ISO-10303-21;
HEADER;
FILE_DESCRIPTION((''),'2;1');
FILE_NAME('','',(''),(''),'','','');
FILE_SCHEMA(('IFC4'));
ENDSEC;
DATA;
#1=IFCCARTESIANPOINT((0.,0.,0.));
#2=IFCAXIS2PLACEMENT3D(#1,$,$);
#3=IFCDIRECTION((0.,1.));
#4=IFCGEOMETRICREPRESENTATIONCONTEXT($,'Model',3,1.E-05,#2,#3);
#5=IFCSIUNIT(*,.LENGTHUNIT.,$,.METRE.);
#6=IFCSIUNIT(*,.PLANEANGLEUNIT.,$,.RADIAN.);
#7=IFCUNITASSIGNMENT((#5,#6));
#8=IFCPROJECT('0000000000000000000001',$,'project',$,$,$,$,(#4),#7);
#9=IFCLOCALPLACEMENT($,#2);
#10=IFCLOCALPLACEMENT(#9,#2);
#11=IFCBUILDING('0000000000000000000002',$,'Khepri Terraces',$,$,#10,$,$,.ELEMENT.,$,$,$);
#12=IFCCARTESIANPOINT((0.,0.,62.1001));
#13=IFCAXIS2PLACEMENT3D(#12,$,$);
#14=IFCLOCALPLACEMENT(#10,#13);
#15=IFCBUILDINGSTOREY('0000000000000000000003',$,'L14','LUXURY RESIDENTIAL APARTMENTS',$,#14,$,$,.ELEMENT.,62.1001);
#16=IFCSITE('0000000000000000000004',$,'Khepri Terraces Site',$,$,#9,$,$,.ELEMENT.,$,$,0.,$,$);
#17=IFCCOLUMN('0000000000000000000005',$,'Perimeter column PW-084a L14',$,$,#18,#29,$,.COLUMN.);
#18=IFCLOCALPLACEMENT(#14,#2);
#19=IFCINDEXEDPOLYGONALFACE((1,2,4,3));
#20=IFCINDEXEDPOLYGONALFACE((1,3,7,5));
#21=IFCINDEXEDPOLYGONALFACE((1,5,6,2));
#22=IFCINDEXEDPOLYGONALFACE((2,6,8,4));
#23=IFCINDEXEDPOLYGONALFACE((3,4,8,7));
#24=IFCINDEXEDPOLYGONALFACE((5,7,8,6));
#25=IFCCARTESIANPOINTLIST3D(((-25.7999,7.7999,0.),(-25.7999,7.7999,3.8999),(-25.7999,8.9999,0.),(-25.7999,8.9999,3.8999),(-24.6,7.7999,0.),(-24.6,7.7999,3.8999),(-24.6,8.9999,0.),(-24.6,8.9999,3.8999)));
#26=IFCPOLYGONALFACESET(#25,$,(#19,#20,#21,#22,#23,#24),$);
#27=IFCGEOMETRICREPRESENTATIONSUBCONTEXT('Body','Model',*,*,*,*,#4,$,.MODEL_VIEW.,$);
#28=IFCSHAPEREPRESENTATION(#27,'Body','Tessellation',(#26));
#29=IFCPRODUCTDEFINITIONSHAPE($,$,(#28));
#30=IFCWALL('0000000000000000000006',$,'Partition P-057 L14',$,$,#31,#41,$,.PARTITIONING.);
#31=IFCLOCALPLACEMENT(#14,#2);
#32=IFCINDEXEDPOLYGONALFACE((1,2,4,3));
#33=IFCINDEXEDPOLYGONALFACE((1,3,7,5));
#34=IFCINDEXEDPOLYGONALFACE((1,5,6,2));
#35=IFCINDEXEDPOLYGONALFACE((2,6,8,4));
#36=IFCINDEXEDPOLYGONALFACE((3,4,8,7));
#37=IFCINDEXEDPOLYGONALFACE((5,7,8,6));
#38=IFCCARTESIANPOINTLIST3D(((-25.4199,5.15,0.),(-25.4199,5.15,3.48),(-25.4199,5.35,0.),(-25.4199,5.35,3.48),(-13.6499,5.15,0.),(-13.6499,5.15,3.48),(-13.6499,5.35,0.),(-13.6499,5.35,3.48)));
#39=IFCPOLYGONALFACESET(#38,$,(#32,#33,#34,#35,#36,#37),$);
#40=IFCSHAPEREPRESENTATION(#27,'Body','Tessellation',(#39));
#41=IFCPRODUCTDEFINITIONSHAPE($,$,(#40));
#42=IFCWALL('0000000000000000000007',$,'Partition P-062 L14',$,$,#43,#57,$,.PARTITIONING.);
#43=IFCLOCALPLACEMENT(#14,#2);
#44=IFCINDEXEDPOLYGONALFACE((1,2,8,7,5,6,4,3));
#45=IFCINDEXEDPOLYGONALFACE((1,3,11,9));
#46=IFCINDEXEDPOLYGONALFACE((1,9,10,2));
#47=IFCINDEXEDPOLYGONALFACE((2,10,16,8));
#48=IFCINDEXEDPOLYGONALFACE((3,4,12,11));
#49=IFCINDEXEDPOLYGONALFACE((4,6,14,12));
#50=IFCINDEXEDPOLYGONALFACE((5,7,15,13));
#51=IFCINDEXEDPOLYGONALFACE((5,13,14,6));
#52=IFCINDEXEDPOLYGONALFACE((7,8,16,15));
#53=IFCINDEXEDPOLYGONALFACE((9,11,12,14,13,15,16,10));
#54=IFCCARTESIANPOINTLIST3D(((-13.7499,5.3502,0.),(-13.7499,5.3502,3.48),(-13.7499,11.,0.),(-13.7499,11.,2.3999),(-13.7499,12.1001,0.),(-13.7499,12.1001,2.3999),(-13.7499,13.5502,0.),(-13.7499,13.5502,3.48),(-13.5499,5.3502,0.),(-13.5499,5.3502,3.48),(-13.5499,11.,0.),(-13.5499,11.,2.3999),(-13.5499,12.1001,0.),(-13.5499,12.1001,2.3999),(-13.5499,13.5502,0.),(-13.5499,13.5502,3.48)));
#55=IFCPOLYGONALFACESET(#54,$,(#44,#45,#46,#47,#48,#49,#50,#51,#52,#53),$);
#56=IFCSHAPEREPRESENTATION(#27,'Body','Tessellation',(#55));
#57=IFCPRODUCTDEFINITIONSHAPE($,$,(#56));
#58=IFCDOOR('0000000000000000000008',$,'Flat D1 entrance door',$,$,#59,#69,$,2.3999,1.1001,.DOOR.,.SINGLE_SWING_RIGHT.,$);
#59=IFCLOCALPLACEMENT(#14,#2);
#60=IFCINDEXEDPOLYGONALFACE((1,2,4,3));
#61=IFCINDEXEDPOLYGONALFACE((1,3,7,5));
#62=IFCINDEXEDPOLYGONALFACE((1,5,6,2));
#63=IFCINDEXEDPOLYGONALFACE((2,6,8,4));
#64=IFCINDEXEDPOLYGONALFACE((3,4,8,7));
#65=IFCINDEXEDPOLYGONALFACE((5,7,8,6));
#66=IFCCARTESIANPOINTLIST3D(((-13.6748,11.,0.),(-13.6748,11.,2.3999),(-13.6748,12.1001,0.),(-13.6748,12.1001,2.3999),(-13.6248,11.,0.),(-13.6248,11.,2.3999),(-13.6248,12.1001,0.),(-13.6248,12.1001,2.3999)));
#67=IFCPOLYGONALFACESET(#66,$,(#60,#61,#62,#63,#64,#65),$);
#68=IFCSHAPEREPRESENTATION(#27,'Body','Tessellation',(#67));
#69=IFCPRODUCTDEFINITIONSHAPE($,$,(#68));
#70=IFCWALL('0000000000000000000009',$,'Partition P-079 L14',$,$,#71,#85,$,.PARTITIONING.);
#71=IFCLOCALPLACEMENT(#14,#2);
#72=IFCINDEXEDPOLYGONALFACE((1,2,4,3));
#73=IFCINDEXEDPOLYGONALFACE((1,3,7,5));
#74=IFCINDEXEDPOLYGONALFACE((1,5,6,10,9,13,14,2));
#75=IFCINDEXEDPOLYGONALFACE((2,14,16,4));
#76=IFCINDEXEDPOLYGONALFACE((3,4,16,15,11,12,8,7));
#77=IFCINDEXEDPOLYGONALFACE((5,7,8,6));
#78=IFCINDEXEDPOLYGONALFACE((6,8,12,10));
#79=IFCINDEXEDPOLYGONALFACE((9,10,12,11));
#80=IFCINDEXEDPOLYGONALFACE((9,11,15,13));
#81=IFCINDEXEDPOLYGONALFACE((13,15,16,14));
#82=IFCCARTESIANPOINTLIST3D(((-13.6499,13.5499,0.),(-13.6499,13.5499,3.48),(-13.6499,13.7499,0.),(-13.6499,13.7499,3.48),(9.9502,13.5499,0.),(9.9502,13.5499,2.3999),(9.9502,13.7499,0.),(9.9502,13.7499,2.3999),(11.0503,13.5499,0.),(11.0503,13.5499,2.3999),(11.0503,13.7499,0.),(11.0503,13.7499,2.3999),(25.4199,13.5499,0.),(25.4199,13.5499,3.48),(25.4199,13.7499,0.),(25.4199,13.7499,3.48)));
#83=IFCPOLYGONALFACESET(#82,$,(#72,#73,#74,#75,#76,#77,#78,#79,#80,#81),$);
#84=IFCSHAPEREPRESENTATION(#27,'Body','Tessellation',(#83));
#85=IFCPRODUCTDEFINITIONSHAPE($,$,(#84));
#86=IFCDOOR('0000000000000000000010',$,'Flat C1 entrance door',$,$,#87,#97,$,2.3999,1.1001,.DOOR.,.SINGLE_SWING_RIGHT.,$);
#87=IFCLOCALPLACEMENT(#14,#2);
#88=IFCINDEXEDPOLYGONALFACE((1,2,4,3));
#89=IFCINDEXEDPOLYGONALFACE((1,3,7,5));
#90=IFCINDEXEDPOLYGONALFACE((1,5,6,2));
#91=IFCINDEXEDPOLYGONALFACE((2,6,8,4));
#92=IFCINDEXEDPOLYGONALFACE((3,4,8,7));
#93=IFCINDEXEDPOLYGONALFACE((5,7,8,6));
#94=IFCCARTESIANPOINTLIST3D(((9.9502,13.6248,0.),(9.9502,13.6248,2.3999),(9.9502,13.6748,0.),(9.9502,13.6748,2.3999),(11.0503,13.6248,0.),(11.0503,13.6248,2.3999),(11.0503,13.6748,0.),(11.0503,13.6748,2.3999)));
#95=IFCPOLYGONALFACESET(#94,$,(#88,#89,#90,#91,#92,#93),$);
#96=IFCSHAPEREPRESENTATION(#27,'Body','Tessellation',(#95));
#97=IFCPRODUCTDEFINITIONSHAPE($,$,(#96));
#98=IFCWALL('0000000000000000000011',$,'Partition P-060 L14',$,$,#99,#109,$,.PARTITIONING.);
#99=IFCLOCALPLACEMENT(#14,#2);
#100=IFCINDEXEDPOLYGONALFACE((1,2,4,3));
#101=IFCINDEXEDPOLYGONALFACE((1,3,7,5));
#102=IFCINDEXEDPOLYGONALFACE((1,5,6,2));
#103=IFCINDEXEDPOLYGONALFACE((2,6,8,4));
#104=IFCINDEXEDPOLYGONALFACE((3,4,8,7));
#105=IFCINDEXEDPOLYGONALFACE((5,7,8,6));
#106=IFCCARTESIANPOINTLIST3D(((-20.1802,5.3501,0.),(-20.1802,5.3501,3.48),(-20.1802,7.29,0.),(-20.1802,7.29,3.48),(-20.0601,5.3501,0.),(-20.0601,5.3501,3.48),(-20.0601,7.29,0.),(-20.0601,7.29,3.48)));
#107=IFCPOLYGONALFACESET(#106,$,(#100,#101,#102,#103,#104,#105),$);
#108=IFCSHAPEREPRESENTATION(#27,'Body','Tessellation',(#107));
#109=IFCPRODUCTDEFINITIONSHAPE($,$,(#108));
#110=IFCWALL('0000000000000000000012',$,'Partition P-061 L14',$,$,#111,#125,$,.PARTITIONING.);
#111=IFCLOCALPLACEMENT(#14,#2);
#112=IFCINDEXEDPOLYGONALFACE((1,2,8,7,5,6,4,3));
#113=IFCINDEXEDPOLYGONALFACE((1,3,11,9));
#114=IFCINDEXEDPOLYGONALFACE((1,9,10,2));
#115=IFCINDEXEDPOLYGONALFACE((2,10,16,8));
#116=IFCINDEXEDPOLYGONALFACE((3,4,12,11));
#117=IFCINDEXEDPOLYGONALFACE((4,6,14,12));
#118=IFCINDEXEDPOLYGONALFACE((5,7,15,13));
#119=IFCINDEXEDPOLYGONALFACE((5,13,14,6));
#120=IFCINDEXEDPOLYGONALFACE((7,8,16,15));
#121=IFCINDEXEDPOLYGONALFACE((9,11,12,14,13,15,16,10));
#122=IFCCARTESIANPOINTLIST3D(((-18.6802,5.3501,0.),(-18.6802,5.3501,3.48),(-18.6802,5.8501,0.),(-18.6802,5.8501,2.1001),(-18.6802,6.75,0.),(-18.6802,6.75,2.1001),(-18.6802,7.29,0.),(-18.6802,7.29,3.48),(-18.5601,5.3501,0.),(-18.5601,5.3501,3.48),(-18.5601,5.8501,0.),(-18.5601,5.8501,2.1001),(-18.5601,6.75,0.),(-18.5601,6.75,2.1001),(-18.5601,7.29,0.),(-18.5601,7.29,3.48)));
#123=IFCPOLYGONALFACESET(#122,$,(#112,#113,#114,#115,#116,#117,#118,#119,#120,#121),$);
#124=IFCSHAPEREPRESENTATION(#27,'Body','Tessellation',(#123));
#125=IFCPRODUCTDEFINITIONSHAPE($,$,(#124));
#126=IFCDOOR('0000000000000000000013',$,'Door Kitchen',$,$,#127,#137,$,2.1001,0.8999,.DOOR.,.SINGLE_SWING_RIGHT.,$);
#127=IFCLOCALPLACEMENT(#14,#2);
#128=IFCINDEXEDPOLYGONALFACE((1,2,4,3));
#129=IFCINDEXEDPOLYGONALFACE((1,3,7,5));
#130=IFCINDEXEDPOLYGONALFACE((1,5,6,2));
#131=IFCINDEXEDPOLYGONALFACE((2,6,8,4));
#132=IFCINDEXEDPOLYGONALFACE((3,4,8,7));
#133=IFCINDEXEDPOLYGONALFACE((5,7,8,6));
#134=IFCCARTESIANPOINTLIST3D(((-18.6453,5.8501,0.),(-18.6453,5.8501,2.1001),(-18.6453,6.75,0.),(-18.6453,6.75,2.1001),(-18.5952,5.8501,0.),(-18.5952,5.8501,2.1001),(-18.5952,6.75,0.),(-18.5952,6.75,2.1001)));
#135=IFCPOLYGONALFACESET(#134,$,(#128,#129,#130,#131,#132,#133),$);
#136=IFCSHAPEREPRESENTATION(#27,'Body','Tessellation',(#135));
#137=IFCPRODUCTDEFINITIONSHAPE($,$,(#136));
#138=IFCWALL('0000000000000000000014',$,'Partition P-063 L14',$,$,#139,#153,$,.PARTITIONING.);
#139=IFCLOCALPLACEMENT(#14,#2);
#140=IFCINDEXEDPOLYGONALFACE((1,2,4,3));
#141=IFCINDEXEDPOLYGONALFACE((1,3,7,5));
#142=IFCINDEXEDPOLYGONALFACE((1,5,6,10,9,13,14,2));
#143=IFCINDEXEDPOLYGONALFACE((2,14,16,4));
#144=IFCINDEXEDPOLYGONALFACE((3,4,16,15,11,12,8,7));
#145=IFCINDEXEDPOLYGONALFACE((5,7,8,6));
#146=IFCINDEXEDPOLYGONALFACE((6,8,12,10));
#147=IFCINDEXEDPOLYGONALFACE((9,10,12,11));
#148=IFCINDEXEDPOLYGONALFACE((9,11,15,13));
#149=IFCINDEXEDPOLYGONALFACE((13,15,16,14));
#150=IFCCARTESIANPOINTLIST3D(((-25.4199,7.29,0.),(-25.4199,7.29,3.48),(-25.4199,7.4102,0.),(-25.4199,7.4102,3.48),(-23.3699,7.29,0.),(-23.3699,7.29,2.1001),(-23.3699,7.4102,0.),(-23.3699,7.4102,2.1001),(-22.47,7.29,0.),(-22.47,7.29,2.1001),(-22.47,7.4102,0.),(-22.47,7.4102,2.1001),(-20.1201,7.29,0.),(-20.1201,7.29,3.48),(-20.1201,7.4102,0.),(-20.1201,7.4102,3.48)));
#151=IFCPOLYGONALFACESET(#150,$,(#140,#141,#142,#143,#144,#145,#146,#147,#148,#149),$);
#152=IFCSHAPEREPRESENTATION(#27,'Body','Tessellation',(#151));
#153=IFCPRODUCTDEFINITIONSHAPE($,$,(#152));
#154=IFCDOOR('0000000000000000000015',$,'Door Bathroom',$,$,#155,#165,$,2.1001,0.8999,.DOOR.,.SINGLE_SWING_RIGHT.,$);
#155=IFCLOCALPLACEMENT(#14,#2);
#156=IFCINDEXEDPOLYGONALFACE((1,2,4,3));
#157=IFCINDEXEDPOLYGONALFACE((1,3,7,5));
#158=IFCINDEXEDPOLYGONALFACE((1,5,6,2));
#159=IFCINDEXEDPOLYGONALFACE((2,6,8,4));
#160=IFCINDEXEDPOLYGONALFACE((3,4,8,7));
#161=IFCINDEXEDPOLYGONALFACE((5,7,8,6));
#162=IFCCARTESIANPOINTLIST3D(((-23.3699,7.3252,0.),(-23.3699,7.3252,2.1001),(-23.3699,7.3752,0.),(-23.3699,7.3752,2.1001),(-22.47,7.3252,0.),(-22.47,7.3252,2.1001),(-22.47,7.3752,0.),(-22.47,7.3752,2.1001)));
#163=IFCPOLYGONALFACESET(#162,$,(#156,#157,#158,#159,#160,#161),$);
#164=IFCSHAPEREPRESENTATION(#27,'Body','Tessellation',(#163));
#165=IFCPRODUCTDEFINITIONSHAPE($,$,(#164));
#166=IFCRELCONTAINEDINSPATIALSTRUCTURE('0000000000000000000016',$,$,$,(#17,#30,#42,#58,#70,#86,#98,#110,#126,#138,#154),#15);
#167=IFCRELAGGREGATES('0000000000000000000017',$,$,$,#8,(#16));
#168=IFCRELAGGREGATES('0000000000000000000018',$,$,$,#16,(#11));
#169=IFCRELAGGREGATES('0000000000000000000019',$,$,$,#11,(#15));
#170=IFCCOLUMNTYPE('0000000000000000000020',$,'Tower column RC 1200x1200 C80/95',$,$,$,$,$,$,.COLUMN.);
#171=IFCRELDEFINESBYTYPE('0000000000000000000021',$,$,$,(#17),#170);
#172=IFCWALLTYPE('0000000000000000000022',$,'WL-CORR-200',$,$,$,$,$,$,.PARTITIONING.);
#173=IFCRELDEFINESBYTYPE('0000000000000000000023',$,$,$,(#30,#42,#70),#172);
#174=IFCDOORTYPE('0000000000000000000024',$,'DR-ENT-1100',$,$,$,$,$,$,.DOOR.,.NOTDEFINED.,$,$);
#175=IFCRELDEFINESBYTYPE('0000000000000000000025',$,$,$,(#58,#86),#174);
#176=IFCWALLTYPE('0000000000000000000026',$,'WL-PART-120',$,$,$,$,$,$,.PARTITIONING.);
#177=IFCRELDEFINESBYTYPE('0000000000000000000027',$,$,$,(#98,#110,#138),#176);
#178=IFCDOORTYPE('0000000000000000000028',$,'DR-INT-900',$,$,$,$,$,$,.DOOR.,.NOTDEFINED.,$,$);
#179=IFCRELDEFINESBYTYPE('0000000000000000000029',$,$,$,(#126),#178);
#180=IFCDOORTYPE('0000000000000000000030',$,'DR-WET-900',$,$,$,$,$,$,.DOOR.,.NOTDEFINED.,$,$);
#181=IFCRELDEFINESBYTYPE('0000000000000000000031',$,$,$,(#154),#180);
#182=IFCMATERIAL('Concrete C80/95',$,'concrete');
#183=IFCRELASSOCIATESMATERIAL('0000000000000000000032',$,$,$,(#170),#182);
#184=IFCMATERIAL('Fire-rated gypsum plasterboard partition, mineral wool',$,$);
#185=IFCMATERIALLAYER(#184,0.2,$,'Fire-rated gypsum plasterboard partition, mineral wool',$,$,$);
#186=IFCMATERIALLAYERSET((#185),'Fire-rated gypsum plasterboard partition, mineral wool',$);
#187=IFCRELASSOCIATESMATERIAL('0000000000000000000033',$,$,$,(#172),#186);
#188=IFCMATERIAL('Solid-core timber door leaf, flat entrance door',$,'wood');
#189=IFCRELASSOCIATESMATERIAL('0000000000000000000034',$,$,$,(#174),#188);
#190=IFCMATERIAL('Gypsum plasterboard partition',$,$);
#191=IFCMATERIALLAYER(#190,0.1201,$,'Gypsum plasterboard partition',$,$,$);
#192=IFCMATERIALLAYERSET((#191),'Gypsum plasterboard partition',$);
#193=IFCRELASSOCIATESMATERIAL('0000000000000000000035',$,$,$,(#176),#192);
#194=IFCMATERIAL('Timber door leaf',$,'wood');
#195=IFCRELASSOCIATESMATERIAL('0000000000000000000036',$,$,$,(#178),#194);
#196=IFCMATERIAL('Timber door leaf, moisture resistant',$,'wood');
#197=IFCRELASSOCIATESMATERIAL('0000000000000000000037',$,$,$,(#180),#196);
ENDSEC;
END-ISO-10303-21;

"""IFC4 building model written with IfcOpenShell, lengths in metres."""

from ifc_helpers import new_model, si_unit, direction, frame, frame_2d, origin, origin_2d, place, context, subcontext, project, spatial, rectangle, extrude, material, layer, layer_set, material_profile, profile_set, type_object, element, fill, save


model = new_model("IFC4")

# Units and contexts
model_context = context("Model", 3, precision=1e-05, world=origin(), true_north=direction((0.0, 1.0)))
body_context = subcontext(model_context, "Body", "Model", "MODEL_VIEW")
ifc_project = project(units=[si_unit("LENGTHUNIT", "METRE"), si_unit("PLANEANGLEUNIT", "RADIAN")], contexts=[model_context])

# Site, building, storey
site_placement = place(None, origin())
site = spatial("IfcSite", under=ifc_project, at=site_placement, Name="Khepri Terraces Site", CompositionType="ELEMENT", RefElevation=0.0)
building_placement = place(site_placement, origin())
building = spatial("IfcBuilding", under=site, at=building_placement, Name="Khepri Terraces", CompositionType="ELEMENT")
storey_placement = place(building_placement, frame((0.0, 0.0, 62.1001)))
storey = spatial("IfcBuildingStorey", under=building, at=storey_placement, Name="L14", Description="LUXURY RESIDENTIAL APARTMENTS", CompositionType="ELEMENT", Elevation=62.1001)

# Column
ifc_material_1 = material(Name="Concrete C80/95", Category="concrete")
ifc_material_profile = material_profile(ifc_material_1, rectangle(XDim=1.2, YDim=1.2, at=origin_2d()), Name="Concrete C80/95", Category="concrete")
ifc_profile_set = profile_set([ifc_material_profile], Name="Concrete C80/95")
column_type = type_object("IfcColumnType", Name="Tower column RC 1200x1200 C80/95", PredefinedType="COLUMN", material=ifc_profile_set)
column_placement = place(storey_placement, frame((-25.2, 8.3999, 0.0), z_axis=(0.0, 0.0, 1.0), x_axis=(1.0, 0.0, 0.0)))
element("IfcColumn", 1, at=column_placement, inside=storey, type_object=column_type, Name="Perimeter column PW-084a L14", PredefinedType="COLUMN", context=body_context, shape_type="SweptSolid", body=[
    extrude(rectangle(XDim=1.2, YDim=1.2, at=origin_2d()), origin(), (0.0, 0.0, 1.0), 3.8999),
])

# Wall
ifc_material_2 = material(Name="Fire-rated gypsum plasterboard partition, mineral wool")
ifc_layer_1 = layer(ifc_material_2, 0.2, Name="Fire-rated gypsum plasterboard partition, mineral wool")
ifc_layer_set_1 = layer_set([ifc_layer_1], Name="Fire-rated gypsum plasterboard partition, mineral wool")
wall_type_1 = type_object("IfcWallType", Name="WL-CORR-200", PredefinedType="PARTITIONING", material=ifc_layer_set_1)
wall_1_placement = place(storey_placement, frame((-25.4199, 5.25, 0.0), z_axis=(0.0, 0.0, 1.0), x_axis=(1.0, 0.0, 0.0)))
element("IfcWall", 2, at=wall_1_placement, inside=storey, type_object=wall_type_1, Name="Partition P-057 L14", PredefinedType="PARTITIONING", context=body_context, shape_type="SweptSolid", body=[
    extrude(rectangle(XDim=11.77, YDim=0.2, at=frame_2d((5.885, 0.0))), origin(), (0.0, 0.0, 1.0), 3.48),
])

# Walls, openings, doors
wall_2_placement = place(storey_placement, frame((-13.6499, 5.3501, 0.0), z_axis=(0.0, 0.0, 1.0), x_axis=(0.0, 1.0, 0.0)))
wall_2 = element("IfcWall", 3, at=wall_2_placement, inside=storey, type_object=wall_type_1, Name="Partition P-062 L14", PredefinedType="PARTITIONING", context=body_context, shape_type="SweptSolid", body=[
    extrude(rectangle(XDim=8.2, YDim=0.2, at=frame_2d((4.1001, 0.0))), origin(), (0.0, 0.0, 1.0), 3.48),
])
opening_1_placement = place(wall_2_placement, frame((5.6499, 0.0, 0.0)))
opening_1 = element("IfcOpeningElement", 4, at=opening_1_placement, cuts=wall_2, PredefinedType="OPENING", context=body_context, shape_type="SweptSolid", body=[
    extrude(rectangle(XDim=1.1001, YDim=2.3999, at=frame_2d((0.55, 1.2))), frame((0.0, 0.1099, 0.0), z_axis=(0.0, -1.0, 0.0), x_axis=(1.0, 0.0, 0.0)), (0.0, 0.0, 1.0), 0.22),
])
ifc_material_3 = material(Name="Solid-core timber door leaf, flat entrance door", Category="wood")
door_type_1 = type_object("IfcDoorType", Name="DR-ENT-1100", OperationType="NOTDEFINED", PredefinedType="DOOR", material=ifc_material_3)
door_1_placement = place(opening_1_placement, origin())
door_1 = element("IfcDoor", 5, at=door_1_placement, inside=storey, type_object=door_type_1, Name="Flat D1 entrance door", OperationType="SINGLE_SWING_RIGHT", OverallHeight=2.3999, OverallWidth=1.1001, PredefinedType="DOOR", context=body_context, shape_type="SweptSolid", body=[
    extrude(rectangle(XDim=1.1001, YDim=2.3999, at=frame_2d((0.55, 1.2))), frame((0.0, 0.0249, 0.0), z_axis=(0.0, -1.0, 0.0), x_axis=(1.0, 0.0, 0.0)), (0.0, 0.0, 1.0), 0.05),
])
fill(opening_1, door_1)
wall_3_placement = place(storey_placement, frame((-13.6499, 13.6499, 0.0), z_axis=(0.0, 0.0, 1.0), x_axis=(1.0, 0.0, 0.0)))
wall_3 = element("IfcWall", 6, at=wall_3_placement, inside=storey, type_object=wall_type_1, Name="Partition P-079 L14", PredefinedType="PARTITIONING", context=body_context, shape_type="SweptSolid", body=[
    extrude(rectangle(XDim=39.0698, YDim=0.2, at=frame_2d((19.5349, 0.0))), origin(), (0.0, 0.0, 1.0), 3.48),
])
opening_2_placement = place(wall_3_placement, frame((23.6001, 0.0, 0.0)))
opening_2 = element("IfcOpeningElement", 7, at=opening_2_placement, cuts=wall_3, PredefinedType="OPENING", context=body_context, shape_type="SweptSolid", body=[
    extrude(rectangle(XDim=1.1001, YDim=2.3999, at=frame_2d((0.55, 1.2))), frame((0.0, 0.1099, 0.0), z_axis=(0.0, -1.0, 0.0), x_axis=(1.0, 0.0, 0.0)), (0.0, 0.0, 1.0), 0.22),
])
door_2_placement = place(opening_2_placement, origin())
door_2 = element("IfcDoor", 8, at=door_2_placement, inside=storey, type_object=door_type_1, Name="Flat C1 entrance door", OperationType="SINGLE_SWING_RIGHT", OverallHeight=2.3999, OverallWidth=1.1001, PredefinedType="DOOR", context=body_context, shape_type="SweptSolid", body=[
    extrude(rectangle(XDim=1.1001, YDim=2.3999, at=frame_2d((0.55, 1.2))), frame((0.0, 0.0249, 0.0), z_axis=(0.0, -1.0, 0.0), x_axis=(1.0, 0.0, 0.0)), (0.0, 0.0, 1.0), 0.05),
])
fill(opening_2, door_2)

# Wall
ifc_material_4 = material(Name="Gypsum plasterboard partition")
ifc_layer_2 = layer(ifc_material_4, 0.1201, Name="Gypsum plasterboard partition")
ifc_layer_set_2 = layer_set([ifc_layer_2], Name="Gypsum plasterboard partition")
wall_type_2 = type_object("IfcWallType", Name="WL-PART-120", PredefinedType="PARTITIONING", material=ifc_layer_set_2)
wall_4_placement = place(storey_placement, frame((-20.1201, 5.3501, 0.0), z_axis=(0.0, 0.0, 1.0), x_axis=(0.0, 1.0, 0.0)))
element("IfcWall", 9, at=wall_4_placement, inside=storey, type_object=wall_type_2, Name="Partition P-060 L14", PredefinedType="PARTITIONING", context=body_context, shape_type="SweptSolid", body=[
    extrude(rectangle(XDim=1.9399, YDim=0.1201, at=frame_2d((0.97, 0.0))), origin(), (0.0, 0.0, 1.0), 3.48),
])

# Walls, openings, doors
wall_5_placement = place(storey_placement, frame((-18.6201, 5.3501, 0.0), z_axis=(0.0, 0.0, 1.0), x_axis=(0.0, 1.0, 0.0)))
wall_5 = element("IfcWall", 10, at=wall_5_placement, inside=storey, type_object=wall_type_2, Name="Partition P-061 L14", PredefinedType="PARTITIONING", context=body_context, shape_type="SweptSolid", body=[
    extrude(rectangle(XDim=1.9399, YDim=0.1201, at=frame_2d((0.97, 0.0))), origin(), (0.0, 0.0, 1.0), 3.48),
])
opening_3_placement = place(wall_5_placement, frame((0.5, 0.0, 0.0)))
opening_3 = element("IfcOpeningElement", 11, at=opening_3_placement, cuts=wall_5, PredefinedType="OPENING", context=body_context, shape_type="SweptSolid", body=[
    extrude(rectangle(XDim=0.8999, YDim=2.1001, at=frame_2d((0.45, 1.05))), frame((0.0, 0.0701, 0.0), z_axis=(0.0, -1.0, 0.0), x_axis=(1.0, 0.0, 0.0)), (0.0, 0.0, 1.0), 0.1401),
])
ifc_material_5 = material(Name="Timber door leaf", Category="wood")
door_type_2 = type_object("IfcDoorType", Name="DR-INT-900", OperationType="NOTDEFINED", PredefinedType="DOOR", material=ifc_material_5)
door_3_placement = place(opening_3_placement, frame((0.8999, 0.0, 0.0), z_axis=(0.0, 0.0, 1.0), x_axis=(-1.0, 0.0, 0.0)))
door_3 = element("IfcDoor", 12, at=door_3_placement, inside=storey, type_object=door_type_2, Name="Door Kitchen", OperationType="SINGLE_SWING_RIGHT", OverallHeight=2.1001, OverallWidth=0.8999, PredefinedType="DOOR", context=body_context, shape_type="SweptSolid", body=[
    extrude(rectangle(XDim=0.8999, YDim=2.1001, at=frame_2d((0.45, 1.05))), frame((0.0, 0.0249, 0.0), z_axis=(0.0, -1.0, 0.0), x_axis=(1.0, 0.0, 0.0)), (0.0, 0.0, 1.0), 0.05),
])
fill(opening_3, door_3)
wall_6_placement = place(storey_placement, frame((-25.4199, 7.3501, 0.0), z_axis=(0.0, 0.0, 1.0), x_axis=(1.0, 0.0, 0.0)))
wall_6 = element("IfcWall", 13, at=wall_6_placement, inside=storey, type_object=wall_type_2, Name="Partition P-063 L14", PredefinedType="PARTITIONING", context=body_context, shape_type="SweptSolid", body=[
    extrude(rectangle(XDim=5.2998, YDim=0.1201, at=frame_2d((2.6499, 0.0))), origin(), (0.0, 0.0, 1.0), 3.48),
])
opening_4_placement = place(wall_6_placement, frame((2.05, 0.0, 0.0)))
opening_4 = element("IfcOpeningElement", 14, at=opening_4_placement, cuts=wall_6, PredefinedType="OPENING", context=body_context, shape_type="SweptSolid", body=[
    extrude(rectangle(XDim=0.8999, YDim=2.1001, at=frame_2d((0.45, 1.05))), frame((0.0, 0.0701, 0.0), z_axis=(0.0, -1.0, 0.0), x_axis=(1.0, 0.0, 0.0)), (0.0, 0.0, 1.0), 0.1401),
])
ifc_material_6 = material(Name="Timber door leaf, moisture resistant", Category="wood")
door_type_3 = type_object("IfcDoorType", Name="DR-WET-900", OperationType="NOTDEFINED", PredefinedType="DOOR", material=ifc_material_6)
door_4_placement = place(opening_4_placement, frame((0.8999, 0.0, 0.0), z_axis=(0.0, 0.0, 1.0), x_axis=(-1.0, 0.0, 0.0)))
door_4 = element("IfcDoor", 15, at=door_4_placement, inside=storey, type_object=door_type_3, Name="Door Bathroom", OperationType="SINGLE_SWING_RIGHT", OverallHeight=2.1001, OverallWidth=0.8999, PredefinedType="DOOR", context=body_context, shape_type="SweptSolid", body=[
    extrude(rectangle(XDim=0.8999, YDim=2.1001, at=frame_2d((0.45, 1.05))), frame((0.0, 0.0249, 0.0), z_axis=(0.0, -1.0, 0.0), x_axis=(1.0, 0.0, 0.0)), (0.0, 0.0, 1.0), 0.05),
])
fill(opening_4, door_4)

save(model, "model.ifc")
